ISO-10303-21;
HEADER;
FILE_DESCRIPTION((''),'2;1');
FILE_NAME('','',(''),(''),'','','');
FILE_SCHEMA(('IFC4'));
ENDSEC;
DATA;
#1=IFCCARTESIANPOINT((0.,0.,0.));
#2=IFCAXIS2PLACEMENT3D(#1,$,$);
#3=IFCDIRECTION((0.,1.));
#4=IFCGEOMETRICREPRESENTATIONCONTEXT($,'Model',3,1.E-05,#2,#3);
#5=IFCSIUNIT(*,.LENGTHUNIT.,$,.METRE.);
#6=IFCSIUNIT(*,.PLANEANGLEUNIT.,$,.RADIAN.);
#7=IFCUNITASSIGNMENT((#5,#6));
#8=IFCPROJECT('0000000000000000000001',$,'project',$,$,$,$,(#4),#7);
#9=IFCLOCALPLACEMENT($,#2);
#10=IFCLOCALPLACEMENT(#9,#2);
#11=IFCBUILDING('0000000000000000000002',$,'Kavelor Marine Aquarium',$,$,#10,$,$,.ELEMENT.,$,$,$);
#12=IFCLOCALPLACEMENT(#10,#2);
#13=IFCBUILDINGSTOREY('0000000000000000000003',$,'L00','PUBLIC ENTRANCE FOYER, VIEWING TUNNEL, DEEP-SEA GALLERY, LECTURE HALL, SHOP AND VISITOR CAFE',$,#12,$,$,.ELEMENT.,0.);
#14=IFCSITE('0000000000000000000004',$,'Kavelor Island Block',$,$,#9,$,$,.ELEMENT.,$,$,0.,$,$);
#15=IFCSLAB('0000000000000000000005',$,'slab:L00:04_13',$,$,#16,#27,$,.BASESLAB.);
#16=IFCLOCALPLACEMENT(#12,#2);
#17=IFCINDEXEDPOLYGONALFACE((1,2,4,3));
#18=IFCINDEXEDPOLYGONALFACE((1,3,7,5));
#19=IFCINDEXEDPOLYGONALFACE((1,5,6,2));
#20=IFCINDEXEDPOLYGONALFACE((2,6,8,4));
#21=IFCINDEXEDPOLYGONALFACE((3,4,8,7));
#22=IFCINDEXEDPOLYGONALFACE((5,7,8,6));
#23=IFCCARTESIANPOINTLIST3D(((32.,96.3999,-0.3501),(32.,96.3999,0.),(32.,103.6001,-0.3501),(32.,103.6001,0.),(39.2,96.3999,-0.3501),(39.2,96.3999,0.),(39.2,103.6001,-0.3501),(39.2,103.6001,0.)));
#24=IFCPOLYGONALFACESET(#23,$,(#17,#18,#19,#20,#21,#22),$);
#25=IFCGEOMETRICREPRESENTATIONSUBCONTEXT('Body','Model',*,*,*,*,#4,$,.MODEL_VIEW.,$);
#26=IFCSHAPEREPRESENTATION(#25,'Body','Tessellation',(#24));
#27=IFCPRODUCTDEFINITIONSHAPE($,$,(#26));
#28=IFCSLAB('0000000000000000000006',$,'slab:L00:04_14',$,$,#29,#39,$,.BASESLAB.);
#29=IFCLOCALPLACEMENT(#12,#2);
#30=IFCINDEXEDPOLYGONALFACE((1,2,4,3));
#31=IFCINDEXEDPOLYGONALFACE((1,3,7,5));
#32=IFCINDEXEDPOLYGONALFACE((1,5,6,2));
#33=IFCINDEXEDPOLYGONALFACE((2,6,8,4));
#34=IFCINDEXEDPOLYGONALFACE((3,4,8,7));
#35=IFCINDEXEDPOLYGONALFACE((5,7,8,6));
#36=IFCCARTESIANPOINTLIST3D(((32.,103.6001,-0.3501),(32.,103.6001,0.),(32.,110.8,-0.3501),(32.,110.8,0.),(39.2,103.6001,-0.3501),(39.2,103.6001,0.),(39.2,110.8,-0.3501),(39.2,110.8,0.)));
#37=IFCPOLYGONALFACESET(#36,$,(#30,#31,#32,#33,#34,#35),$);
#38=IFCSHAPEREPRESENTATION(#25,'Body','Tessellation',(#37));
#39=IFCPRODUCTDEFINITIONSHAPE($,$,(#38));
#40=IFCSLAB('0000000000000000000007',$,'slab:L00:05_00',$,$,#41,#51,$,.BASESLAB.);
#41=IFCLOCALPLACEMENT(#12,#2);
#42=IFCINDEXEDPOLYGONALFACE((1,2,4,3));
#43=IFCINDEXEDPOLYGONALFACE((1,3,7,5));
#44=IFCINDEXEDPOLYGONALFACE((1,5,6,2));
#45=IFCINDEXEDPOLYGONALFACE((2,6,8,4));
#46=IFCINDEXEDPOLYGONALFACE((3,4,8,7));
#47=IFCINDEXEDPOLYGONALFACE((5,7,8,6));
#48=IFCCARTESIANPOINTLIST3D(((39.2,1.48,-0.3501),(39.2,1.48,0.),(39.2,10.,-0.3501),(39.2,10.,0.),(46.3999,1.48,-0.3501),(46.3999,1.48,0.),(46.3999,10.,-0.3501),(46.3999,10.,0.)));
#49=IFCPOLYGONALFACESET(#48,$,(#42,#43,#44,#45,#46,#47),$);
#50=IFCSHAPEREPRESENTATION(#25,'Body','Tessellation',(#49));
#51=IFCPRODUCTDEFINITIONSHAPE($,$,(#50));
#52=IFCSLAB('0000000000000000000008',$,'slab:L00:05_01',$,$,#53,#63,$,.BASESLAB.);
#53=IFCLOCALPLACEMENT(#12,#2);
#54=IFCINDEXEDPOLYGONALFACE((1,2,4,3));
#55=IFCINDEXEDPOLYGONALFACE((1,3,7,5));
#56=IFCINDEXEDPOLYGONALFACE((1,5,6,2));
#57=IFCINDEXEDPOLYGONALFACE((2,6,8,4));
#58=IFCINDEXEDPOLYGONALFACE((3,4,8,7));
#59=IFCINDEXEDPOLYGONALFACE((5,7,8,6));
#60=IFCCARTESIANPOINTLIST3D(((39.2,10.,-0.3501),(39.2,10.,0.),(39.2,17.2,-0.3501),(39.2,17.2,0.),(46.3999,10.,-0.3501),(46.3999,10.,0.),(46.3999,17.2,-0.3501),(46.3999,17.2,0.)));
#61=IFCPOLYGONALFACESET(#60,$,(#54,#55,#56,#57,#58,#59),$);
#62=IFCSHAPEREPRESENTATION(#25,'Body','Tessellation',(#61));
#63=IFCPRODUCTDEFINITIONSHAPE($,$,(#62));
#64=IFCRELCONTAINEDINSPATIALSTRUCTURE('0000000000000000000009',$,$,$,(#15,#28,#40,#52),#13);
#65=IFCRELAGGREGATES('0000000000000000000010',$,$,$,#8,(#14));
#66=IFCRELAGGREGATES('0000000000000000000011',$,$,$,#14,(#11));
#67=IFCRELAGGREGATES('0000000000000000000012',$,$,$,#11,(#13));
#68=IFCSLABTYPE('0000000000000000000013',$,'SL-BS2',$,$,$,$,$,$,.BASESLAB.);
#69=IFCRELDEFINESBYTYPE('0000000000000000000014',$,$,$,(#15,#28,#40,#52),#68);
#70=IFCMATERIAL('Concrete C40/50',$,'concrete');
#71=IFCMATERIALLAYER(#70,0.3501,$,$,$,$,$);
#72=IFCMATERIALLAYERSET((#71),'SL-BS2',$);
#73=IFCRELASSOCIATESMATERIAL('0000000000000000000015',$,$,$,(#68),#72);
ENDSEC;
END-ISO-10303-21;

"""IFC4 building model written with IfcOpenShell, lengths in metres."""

from ifc_helpers import new_model, si_unit, direction, frame, origin, place, context, subcontext, project, spatial, polyline, outline, extrude, material, layer, layer_set, type_object, element, save


model = new_model("IFC4")

# Units and contexts
model_context = context("Model", 3, precision=1e-05, world=origin(), true_north=direction((0.0, 1.0)))
body_context = subcontext(model_context, "Body", "Model", "MODEL_VIEW")
ifc_project = project(units=[si_unit("LENGTHUNIT", "METRE"), si_unit("PLANEANGLEUNIT", "RADIAN")], contexts=[model_context])

# Site, building, storey
site_placement = place(None, origin())
site = spatial("IfcSite", under=ifc_project, at=site_placement, Name="Kavelor Island Block", CompositionType="ELEMENT", RefElevation=0.0)
building_placement = place(site_placement, origin())
building = spatial("IfcBuilding", under=site, at=building_placement, Name="Kavelor Marine Aquarium", CompositionType="ELEMENT")
storey_placement = place(building_placement, origin())
storey = spatial("IfcBuildingStorey", under=building, at=storey_placement, Name="L00", Description="PUBLIC ENTRANCE FOYER, VIEWING TUNNEL, DEEP-SEA GALLERY, LECTURE HALL, SHOP AND VISITOR CAFE", CompositionType="ELEMENT", Elevation=0.0)

# Slabs
ifc_material = material(Name="Concrete C40/50", Category="concrete")
ifc_layer = layer(ifc_material, 0.3501)
ifc_layer_set = layer_set([ifc_layer], Name="SL-BS2")
slab_type = type_object("IfcSlabType", Name="SL-BS2", PredefinedType="BASESLAB", material=ifc_layer_set)
slab_1_placement = place(storey_placement, frame((0.0, 0.0, -0.3501)))
element("IfcSlab", 1, at=slab_1_placement, inside=storey, type_object=slab_type, Name="slab:L00:04_13", PredefinedType="BASESLAB", context=body_context, shape_type="SweptSolid", body=[
    extrude(outline(polyline([(32.0, 96.3999), (39.2, 96.3999), (39.2, 103.6001), (32.0, 103.6001), (32.0, 96.3999)])), origin(), (0.0, 0.0, 1.0), 0.3501),
])
slab_2_placement = place(storey_placement, frame((0.0, 0.0, -0.3501)))
element("IfcSlab", 2, at=slab_2_placement, inside=storey, type_object=slab_type, Name="slab:L00:04_14", PredefinedType="BASESLAB", context=body_context, shape_type="SweptSolid", body=[
    extrude(outline(polyline([(32.0, 103.6001), (39.2, 103.6001), (39.2, 110.8), (32.0, 110.8), (32.0, 103.6001)])), origin(), (0.0, 0.0, 1.0), 0.3501),
])
slab_3_placement = place(storey_placement, frame((0.0, 0.0, -0.3501)))
element("IfcSlab", 3, at=slab_3_placement, inside=storey, type_object=slab_type, Name="slab:L00:05_00", PredefinedType="BASESLAB", context=body_context, shape_type="SweptSolid", body=[
    extrude(outline(polyline([(39.2, 1.48), (46.3999, 1.48), (46.3999, 10.0), (39.2, 10.0), (39.2, 1.48)])), origin(), (0.0, 0.0, 1.0), 0.3501),
])
slab_4_placement = place(storey_placement, frame((0.0, 0.0, -0.3501)))
element("IfcSlab", 4, at=slab_4_placement, inside=storey, type_object=slab_type, Name="slab:L00:05_01", PredefinedType="BASESLAB", context=body_context, shape_type="SweptSolid", body=[
    extrude(outline(polyline([(39.2, 10.0), (46.3999, 10.0), (46.3999, 17.2), (39.2, 17.2), (39.2, 10.0)])), origin(), (0.0, 0.0, 1.0), 0.3501),
])

save(model, "model.ifc")
